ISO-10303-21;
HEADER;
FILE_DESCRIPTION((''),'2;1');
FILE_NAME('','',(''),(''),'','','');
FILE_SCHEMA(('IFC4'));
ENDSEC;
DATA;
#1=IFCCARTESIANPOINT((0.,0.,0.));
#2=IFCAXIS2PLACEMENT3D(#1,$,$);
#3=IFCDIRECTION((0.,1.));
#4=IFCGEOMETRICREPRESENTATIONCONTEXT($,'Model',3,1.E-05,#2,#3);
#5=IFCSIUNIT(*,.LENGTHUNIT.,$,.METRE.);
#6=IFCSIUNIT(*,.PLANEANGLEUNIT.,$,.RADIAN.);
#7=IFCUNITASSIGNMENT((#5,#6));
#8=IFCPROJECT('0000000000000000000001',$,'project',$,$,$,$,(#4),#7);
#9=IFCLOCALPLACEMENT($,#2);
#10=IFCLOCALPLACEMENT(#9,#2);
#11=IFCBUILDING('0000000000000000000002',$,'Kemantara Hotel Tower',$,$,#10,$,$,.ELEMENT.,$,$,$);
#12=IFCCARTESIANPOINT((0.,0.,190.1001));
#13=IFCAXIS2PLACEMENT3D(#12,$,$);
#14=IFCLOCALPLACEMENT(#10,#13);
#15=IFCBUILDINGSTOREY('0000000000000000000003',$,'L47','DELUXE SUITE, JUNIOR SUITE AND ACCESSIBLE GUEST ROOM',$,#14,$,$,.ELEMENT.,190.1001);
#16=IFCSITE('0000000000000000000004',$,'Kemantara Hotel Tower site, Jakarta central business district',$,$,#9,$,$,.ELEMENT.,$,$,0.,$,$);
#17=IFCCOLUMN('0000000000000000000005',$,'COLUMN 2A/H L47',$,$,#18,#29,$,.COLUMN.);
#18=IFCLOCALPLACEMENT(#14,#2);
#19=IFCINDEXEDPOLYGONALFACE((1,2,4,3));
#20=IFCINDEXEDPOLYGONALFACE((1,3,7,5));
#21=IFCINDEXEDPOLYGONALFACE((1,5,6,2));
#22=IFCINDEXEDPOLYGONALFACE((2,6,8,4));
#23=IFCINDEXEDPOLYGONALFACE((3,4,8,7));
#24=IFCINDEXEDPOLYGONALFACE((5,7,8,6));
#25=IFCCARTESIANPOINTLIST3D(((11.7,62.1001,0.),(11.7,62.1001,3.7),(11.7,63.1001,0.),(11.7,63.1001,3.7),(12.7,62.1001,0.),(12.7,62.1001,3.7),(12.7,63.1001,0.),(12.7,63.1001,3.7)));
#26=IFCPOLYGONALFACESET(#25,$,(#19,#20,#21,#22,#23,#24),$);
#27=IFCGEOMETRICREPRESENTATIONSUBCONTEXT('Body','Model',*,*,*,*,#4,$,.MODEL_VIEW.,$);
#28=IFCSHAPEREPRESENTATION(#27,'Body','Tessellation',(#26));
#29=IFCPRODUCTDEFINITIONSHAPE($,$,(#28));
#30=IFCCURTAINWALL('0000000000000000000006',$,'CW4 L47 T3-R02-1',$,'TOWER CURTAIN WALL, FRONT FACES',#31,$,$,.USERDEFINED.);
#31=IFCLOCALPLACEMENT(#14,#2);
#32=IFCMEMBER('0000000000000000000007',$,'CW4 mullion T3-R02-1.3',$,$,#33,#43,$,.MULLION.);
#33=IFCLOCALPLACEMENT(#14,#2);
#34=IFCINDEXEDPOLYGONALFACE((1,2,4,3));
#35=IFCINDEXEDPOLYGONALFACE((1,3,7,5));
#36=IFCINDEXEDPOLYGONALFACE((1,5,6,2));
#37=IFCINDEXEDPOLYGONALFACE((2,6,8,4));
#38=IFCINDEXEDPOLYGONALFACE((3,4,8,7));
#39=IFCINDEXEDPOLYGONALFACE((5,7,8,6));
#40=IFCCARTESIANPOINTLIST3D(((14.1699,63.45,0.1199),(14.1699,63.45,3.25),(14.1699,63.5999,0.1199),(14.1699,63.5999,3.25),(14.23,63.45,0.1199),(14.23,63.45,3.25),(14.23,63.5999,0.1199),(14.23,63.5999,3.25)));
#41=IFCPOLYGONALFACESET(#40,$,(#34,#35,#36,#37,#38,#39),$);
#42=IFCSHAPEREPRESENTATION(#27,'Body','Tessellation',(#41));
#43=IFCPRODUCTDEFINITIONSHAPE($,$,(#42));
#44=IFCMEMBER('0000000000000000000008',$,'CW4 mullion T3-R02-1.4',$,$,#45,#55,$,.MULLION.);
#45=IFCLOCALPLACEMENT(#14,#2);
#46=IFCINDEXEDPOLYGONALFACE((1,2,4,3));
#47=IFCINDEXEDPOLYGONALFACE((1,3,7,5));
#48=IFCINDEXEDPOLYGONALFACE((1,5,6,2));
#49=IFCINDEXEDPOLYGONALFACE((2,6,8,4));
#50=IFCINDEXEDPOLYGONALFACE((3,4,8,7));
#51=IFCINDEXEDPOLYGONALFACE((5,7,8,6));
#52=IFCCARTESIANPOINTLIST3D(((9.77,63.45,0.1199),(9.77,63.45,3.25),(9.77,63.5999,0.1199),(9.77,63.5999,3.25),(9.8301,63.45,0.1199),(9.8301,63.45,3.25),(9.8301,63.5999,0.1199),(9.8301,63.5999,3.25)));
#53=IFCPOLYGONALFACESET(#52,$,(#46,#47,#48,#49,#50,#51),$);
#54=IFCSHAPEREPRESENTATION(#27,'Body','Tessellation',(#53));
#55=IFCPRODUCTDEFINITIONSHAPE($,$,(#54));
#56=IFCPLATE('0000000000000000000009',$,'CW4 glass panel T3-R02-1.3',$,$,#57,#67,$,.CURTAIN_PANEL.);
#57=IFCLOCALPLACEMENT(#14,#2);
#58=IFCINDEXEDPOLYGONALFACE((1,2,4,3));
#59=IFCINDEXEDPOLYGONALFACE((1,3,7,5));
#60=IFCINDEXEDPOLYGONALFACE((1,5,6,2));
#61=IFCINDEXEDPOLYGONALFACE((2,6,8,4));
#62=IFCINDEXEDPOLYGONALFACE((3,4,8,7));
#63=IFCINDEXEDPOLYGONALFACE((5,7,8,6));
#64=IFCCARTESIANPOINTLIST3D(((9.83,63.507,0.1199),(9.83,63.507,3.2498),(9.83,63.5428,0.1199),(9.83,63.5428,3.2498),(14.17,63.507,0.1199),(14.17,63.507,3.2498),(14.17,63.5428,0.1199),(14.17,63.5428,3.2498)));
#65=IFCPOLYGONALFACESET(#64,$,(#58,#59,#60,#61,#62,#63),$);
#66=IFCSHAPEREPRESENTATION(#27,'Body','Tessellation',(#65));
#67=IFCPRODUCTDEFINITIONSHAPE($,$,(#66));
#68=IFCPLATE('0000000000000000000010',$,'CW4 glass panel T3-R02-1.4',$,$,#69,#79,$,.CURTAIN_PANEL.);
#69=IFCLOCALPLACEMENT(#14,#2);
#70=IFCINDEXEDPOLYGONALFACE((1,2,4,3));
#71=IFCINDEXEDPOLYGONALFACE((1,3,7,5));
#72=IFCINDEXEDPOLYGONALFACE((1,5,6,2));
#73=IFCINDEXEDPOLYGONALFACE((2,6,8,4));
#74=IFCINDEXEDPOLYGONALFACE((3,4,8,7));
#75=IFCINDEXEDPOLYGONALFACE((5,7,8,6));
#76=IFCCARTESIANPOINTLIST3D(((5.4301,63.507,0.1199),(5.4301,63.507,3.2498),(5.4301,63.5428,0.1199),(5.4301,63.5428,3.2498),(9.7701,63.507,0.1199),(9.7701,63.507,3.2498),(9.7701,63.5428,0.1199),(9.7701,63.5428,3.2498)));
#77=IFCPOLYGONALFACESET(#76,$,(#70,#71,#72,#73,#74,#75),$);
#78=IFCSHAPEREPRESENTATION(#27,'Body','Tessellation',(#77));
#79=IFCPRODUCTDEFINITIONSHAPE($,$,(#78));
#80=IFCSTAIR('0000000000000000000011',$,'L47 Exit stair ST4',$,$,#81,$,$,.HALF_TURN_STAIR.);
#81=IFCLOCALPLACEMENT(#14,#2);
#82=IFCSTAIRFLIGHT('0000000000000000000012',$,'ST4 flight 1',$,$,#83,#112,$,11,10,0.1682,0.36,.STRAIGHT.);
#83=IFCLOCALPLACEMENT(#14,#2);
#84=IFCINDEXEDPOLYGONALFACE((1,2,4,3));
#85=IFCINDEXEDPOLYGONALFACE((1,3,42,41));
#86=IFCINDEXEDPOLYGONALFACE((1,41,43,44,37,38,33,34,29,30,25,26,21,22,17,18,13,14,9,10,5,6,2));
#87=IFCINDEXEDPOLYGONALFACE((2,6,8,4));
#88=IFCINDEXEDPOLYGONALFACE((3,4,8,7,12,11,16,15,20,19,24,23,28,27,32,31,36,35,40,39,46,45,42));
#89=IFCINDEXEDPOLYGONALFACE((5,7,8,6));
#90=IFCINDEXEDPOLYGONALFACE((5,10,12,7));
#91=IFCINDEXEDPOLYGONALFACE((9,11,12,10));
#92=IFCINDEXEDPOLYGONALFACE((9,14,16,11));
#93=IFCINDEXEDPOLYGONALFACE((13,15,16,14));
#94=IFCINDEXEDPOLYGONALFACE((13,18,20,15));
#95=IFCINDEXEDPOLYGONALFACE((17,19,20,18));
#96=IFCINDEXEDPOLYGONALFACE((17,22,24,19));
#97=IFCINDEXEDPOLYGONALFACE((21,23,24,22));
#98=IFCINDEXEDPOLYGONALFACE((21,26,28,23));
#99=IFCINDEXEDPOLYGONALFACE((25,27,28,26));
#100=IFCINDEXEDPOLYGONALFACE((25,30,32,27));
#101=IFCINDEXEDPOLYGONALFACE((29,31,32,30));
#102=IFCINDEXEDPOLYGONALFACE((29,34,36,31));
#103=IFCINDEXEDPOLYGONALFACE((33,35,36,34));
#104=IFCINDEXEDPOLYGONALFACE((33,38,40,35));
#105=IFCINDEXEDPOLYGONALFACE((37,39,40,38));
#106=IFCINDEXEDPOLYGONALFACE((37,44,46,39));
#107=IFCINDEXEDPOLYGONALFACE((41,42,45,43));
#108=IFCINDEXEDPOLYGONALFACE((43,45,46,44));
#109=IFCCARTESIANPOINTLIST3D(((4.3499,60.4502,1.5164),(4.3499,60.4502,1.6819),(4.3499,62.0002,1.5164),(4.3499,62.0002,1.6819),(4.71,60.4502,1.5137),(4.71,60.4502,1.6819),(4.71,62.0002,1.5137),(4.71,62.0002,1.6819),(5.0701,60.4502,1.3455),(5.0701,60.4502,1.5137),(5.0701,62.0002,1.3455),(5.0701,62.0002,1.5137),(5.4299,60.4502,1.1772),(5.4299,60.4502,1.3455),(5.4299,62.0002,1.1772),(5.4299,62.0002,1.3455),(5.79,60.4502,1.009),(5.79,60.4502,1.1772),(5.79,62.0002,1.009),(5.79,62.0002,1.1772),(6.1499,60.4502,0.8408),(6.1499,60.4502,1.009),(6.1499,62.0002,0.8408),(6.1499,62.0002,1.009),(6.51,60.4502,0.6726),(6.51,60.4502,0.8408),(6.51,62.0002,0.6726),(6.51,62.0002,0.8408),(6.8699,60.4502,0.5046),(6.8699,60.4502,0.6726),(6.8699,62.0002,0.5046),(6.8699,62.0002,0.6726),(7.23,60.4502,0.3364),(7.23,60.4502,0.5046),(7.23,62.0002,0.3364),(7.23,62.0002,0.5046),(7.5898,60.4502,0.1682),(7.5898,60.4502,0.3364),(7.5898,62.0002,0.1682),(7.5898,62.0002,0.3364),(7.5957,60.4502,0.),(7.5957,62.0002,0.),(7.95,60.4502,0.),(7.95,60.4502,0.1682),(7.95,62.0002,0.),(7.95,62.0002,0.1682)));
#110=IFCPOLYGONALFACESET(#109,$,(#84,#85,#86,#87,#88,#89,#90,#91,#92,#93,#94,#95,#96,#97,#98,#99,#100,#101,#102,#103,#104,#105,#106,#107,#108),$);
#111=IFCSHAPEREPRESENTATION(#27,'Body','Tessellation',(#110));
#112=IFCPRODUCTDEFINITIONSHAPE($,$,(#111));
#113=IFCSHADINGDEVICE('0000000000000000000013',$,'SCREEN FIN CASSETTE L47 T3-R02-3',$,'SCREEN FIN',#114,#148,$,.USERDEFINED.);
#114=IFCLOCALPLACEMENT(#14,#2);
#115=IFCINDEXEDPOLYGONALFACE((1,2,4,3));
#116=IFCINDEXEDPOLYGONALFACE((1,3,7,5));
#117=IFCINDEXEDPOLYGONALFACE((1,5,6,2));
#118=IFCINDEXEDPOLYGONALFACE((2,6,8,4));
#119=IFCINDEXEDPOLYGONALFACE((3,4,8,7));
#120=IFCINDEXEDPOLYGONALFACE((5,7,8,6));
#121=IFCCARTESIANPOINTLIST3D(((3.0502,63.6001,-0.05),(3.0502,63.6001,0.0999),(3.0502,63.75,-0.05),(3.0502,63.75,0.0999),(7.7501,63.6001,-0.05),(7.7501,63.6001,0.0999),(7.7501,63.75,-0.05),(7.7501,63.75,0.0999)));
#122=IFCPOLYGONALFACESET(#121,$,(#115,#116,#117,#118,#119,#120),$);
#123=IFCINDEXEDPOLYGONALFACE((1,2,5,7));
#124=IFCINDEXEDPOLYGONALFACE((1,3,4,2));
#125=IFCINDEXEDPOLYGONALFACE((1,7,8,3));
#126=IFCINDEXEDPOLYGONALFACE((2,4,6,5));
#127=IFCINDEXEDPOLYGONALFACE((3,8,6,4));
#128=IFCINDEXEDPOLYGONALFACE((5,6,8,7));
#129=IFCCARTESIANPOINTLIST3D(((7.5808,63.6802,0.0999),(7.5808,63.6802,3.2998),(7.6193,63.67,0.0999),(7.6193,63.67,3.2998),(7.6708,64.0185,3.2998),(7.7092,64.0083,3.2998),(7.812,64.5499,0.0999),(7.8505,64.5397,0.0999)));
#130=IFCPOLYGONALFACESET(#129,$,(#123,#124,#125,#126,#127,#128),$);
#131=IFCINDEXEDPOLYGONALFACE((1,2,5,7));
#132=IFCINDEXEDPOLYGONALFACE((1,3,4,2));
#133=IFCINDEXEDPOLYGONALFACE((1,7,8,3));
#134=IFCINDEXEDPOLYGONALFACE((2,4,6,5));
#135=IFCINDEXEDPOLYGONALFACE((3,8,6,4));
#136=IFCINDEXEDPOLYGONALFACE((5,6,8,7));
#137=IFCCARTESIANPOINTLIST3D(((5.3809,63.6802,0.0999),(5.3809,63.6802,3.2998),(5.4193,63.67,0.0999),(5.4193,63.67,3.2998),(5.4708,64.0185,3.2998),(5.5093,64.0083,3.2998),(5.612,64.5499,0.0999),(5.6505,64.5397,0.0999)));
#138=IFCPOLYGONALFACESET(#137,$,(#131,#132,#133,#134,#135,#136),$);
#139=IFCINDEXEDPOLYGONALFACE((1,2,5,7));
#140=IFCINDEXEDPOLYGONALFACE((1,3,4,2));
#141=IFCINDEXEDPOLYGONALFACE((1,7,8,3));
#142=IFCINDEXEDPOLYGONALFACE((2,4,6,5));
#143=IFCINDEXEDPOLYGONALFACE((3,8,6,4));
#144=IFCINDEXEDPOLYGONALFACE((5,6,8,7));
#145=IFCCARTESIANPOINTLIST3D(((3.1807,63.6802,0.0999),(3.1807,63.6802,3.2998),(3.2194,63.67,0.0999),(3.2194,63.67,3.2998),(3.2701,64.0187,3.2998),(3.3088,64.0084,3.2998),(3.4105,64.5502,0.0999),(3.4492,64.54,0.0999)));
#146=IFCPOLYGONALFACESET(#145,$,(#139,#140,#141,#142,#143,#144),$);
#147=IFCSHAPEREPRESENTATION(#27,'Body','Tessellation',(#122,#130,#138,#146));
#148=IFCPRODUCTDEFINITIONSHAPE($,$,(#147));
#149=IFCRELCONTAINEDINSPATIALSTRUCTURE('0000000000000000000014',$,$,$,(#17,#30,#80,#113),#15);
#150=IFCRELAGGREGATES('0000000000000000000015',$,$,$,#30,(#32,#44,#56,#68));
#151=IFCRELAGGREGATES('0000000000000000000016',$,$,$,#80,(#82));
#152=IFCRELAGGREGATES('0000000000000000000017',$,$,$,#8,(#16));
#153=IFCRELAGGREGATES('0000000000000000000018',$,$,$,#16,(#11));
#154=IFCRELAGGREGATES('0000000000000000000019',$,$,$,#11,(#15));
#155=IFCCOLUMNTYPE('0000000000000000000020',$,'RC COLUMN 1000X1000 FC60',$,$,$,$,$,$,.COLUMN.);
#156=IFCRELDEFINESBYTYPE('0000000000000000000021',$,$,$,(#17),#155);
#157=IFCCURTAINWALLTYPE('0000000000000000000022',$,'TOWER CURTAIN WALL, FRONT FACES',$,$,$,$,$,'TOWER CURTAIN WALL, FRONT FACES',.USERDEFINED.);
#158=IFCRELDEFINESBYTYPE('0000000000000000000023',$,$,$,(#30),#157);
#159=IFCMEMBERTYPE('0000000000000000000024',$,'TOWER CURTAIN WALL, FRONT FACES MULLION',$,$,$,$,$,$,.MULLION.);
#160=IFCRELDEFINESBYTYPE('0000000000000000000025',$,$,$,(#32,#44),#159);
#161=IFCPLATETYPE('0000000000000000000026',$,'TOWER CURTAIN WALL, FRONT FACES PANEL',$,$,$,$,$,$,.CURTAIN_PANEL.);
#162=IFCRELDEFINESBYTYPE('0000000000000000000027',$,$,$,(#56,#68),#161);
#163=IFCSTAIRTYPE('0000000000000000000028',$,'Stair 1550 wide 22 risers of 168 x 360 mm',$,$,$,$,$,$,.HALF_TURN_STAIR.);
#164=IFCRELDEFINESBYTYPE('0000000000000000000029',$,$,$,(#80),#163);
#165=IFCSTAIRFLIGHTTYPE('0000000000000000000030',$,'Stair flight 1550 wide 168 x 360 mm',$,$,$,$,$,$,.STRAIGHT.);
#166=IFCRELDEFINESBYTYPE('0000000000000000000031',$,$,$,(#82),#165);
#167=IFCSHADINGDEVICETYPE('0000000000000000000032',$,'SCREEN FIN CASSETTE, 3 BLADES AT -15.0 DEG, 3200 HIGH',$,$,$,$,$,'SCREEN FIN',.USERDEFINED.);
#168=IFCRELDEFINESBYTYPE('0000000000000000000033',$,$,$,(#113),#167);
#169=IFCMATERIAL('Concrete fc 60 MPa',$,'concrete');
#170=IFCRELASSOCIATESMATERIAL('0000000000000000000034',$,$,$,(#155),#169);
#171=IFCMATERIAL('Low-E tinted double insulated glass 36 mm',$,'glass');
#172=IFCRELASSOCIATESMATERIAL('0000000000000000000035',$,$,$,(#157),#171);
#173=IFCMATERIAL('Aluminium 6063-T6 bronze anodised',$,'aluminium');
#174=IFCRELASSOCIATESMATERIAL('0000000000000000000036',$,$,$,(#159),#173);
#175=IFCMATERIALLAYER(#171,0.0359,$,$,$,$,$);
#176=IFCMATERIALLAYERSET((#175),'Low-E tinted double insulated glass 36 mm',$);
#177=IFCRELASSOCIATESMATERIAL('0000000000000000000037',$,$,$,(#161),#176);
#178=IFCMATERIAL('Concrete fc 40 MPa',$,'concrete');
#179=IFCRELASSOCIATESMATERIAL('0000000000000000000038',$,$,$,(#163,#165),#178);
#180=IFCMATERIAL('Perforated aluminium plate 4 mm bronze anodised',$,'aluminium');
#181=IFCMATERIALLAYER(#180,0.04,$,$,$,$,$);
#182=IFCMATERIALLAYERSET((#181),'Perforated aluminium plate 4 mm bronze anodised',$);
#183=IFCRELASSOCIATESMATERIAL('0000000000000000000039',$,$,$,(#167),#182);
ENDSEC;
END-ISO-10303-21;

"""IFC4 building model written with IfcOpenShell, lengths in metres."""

from ifc_helpers import new_model, si_unit, direction, frame, origin, origin_2d, place, context, subcontext, project, spatial, polyline, rectangle, outline, extrude, source, transform, mapped, material, layer, layer_set, material_profile, profile_set, type_object, element, aggregate, save


model = new_model("IFC4")

# Units and contexts
model_context = context("Model", 3, precision=1e-05, world=origin(), true_north=direction((0.0, 1.0)))
body_context = subcontext(model_context, "Body", "Model", "MODEL_VIEW")
ifc_project = project(units=[si_unit("LENGTHUNIT", "METRE"), si_unit("PLANEANGLEUNIT", "RADIAN")], contexts=[model_context])

# Site, building, storey
site_placement = place(None, origin())
site = spatial("IfcSite", under=ifc_project, at=site_placement, Name="Kemantara Hotel Tower site, Jakarta central business district", CompositionType="ELEMENT", RefElevation=0.0)
building_placement = place(site_placement, origin())
building = spatial("IfcBuilding", under=site, at=building_placement, Name="Kemantara Hotel Tower", CompositionType="ELEMENT")
storey_placement = place(building_placement, frame((0.0, 0.0, 190.1001)))
storey = spatial("IfcBuildingStorey", under=building, at=storey_placement, Name="L47", Description="DELUXE SUITE, JUNIOR SUITE AND ACCESSIBLE GUEST ROOM", CompositionType="ELEMENT", Elevation=190.1001)

# Column
ifc_material_1 = material(Name="Concrete fc 60 MPa", Category="concrete")
ifc_material_profile_1 = material_profile(ifc_material_1, rectangle(XDim=1.0, YDim=1.0, at=origin_2d()), Name="RC 1000X1000")
ifc_profile_set_1 = profile_set([ifc_material_profile_1], Name="Concrete fc 60 MPa")
column_type = type_object("IfcColumnType", Name="RC COLUMN 1000X1000 FC60", PredefinedType="COLUMN", material=ifc_profile_set_1)
column_placement = place(storey_placement, frame((12.2, 62.6001, 0.0), z_axis=(0.0, 0.0, 1.0), x_axis=(1.0, 0.0, 0.0)))
element("IfcColumn", 1, at=column_placement, inside=storey, type_object=column_type, Name="COLUMN 2A/H L47", PredefinedType="COLUMN", context=body_context, shape_type="SweptSolid", body=[
    extrude(rectangle(XDim=1.0, YDim=1.0, at=origin_2d()), origin(), (0.0, 0.0, 1.0), 3.7),
])

# Curtain wall, members, plates
ifc_material_2 = material(Name="Low-E tinted double insulated glass 36 mm", Category="glass")
curtain_wall_type = type_object("IfcCurtainWallType", Name="TOWER CURTAIN WALL, FRONT FACES", ElementType="TOWER CURTAIN WALL, FRONT FACES", PredefinedType="USERDEFINED", material=ifc_material_2)
curtain_wall_placement = place(storey_placement, origin())
curtain_wall = element("IfcCurtainWall", 2, at=curtain_wall_placement, inside=storey, type_object=curtain_wall_type, Name="CW4 L47 T3-R02-1", ObjectType="TOWER CURTAIN WALL, FRONT FACES", PredefinedType="USERDEFINED")
ifc_material_3 = material(Name="Aluminium 6063-T6 bronze anodised", Category="aluminium")
ifc_material_profile_2 = material_profile(ifc_material_3, rectangle(XDim=0.1499, YDim=0.0601, at=origin_2d()), Name="TOWER CURTAIN WALL, FRONT FACES MULLION")
ifc_profile_set_2 = profile_set([ifc_material_profile_2], Name="Aluminium 6063-T6 bronze anodised")
member_type = type_object("IfcMemberType", Name="TOWER CURTAIN WALL, FRONT FACES MULLION", PredefinedType="MULLION", material=ifc_profile_set_2)
shared_shape_1 = source(origin(), body_context, "Body", "SweptSolid", [
    extrude(rectangle(XDim=0.1499, YDim=0.0601, at=origin_2d()), origin(), (0.0, 0.0, 1.0), 3.1301),
])
member_1_placement = place(storey_placement, frame((14.2, 63.5249, 0.1199), z_axis=(0.0, 0.0, 1.0), x_axis=(0.0, -1.0, 0.0)))
member_1 = element("IfcMember", 3, at=member_1_placement, type_object=member_type, Name="CW4 mullion T3-R02-1.3", PredefinedType="MULLION", context=body_context, shape_type="MappedRepresentation", body=[
    mapped(shared_shape_1, transform((0.0, 0.0, 0.0))),
])
member_2_placement = place(storey_placement, frame((9.8, 63.5249, 0.1199), z_axis=(0.0, 0.0, 1.0), x_axis=(0.0, -1.0, 0.0)))
member_2 = element("IfcMember", 4, at=member_2_placement, type_object=member_type, Name="CW4 mullion T3-R02-1.4", PredefinedType="MULLION", context=body_context, shape_type="MappedRepresentation", body=[
    mapped(shared_shape_1, transform((0.0, 0.0, 0.0))),
])
ifc_layer_1 = layer(ifc_material_2, 0.0359)
ifc_layer_set_1 = layer_set([ifc_layer_1], Name="Low-E tinted double insulated glass 36 mm")
plate_type = type_object("IfcPlateType", Name="TOWER CURTAIN WALL, FRONT FACES PANEL", PredefinedType="CURTAIN_PANEL", material=ifc_layer_set_1)
shared_shape_2 = source(origin(), body_context, "Body", "SweptSolid", [
    extrude(rectangle(XDim=4.3401, YDim=0.0359, at=origin_2d()), origin(), (0.0, 0.0, 1.0), 3.1299),
])
plate_1_placement = place(storey_placement, frame((12.0, 63.5249, 0.1199), z_axis=(0.0, 0.0, 1.0), x_axis=(-1.0, 0.0, 0.0)))
plate_1 = element("IfcPlate", 5, at=plate_1_placement, type_object=plate_type, Name="CW4 glass panel T3-R02-1.3", PredefinedType="CURTAIN_PANEL", context=body_context, shape_type="MappedRepresentation", body=[
    mapped(shared_shape_2, transform((0.0, 0.0, 0.0))),
])
plate_2_placement = place(storey_placement, frame((7.6001, 63.5249, 0.1199), z_axis=(0.0, 0.0, 1.0), x_axis=(-1.0, 0.0, 0.0)))
plate_2 = element("IfcPlate", 6, at=plate_2_placement, type_object=plate_type, Name="CW4 glass panel T3-R02-1.4", PredefinedType="CURTAIN_PANEL", context=body_context, shape_type="MappedRepresentation", body=[
    mapped(shared_shape_2, transform((0.0, 0.0, 0.0))),
])
aggregate(curtain_wall, [member_1, member_2, plate_1, plate_2])

# Stair, stair flight
ifc_material_4 = material(Name="Concrete fc 40 MPa", Category="concrete")
stair_type = type_object("IfcStairType", Name="Stair 1550 wide 22 risers of 168 x 360 mm", PredefinedType="HALF_TURN_STAIR", material=ifc_material_4)
stair_placement = place(storey_placement, origin())
stair = element("IfcStair", 7, at=stair_placement, inside=storey, type_object=stair_type, Name="L47 Exit stair ST4", PredefinedType="HALF_TURN_STAIR")
stair_flight_type = type_object("IfcStairFlightType", Name="Stair flight 1550 wide 168 x 360 mm", PredefinedType="STRAIGHT", material=ifc_material_4)
stair_flight_placement = place(storey_placement, frame((7.95, 61.2251, 0.0), z_axis=(0.0, 0.0, 1.0), x_axis=(-1.0, 0.0, 0.0)))
stair_flight = element("IfcStairFlight", 8, at=stair_flight_placement, type_object=stair_flight_type, Name="ST4 flight 1", NumberOfRisers=11, NumberOfTreads=10, PredefinedType="STRAIGHT", RiserHeight=0.1682, TreadLength=0.36, context=body_context, shape_type="SweptSolid", body=[
    extrude(outline(polyline([(0.0, 0.0), (0.0, 0.1682), (0.3601, 0.1682), (0.3601, 0.3364), (0.72, 0.3364), (0.72, 0.5046), (1.0801, 0.5046), (1.0801, 0.6726), (1.4399, 0.6726), (1.4399, 0.8408), (1.8, 0.8408), (1.8, 1.009), (2.1599, 1.009), (2.1599, 1.1772), (2.52, 1.1772), (2.52, 1.3455), (2.8799, 1.3455), (2.8799, 1.5137), (3.24, 1.5137), (3.24, 1.6819), (3.6001, 1.6819), (3.6001, 1.8501), (3.6001, 1.5164), (0.3542, 0.0), (0.0, 0.0)])), frame((0.0, 0.7749, 0.0), z_axis=(0.0, -1.0, 0.0), x_axis=(1.0, 0.0, 0.0)), (0.0, 0.0, 1.0), 1.55),
])
aggregate(stair, [stair_flight])

# Shading device
ifc_material_5 = material(Name="Perforated aluminium plate 4 mm bronze anodised", Category="aluminium")
ifc_layer_2 = layer(ifc_material_5, 0.04)
ifc_layer_set_2 = layer_set([ifc_layer_2], Name="Perforated aluminium plate 4 mm bronze anodised")
shading_device_type = type_object("IfcShadingDeviceType", Name="SCREEN FIN CASSETTE, 3 BLADES AT -15.0 DEG, 3200 HIGH", ElementType="SCREEN FIN", PredefinedType="USERDEFINED", material=ifc_layer_set_2)
shared_shape_3 = source(origin(), body_context, "Body", "SweptSolid", [
    extrude(rectangle(XDim=4.7, YDim=0.1499, at=origin_2d()), frame((2.2, -0.075, -0.1499), z_axis=(0.0, 0.0, 1.0), x_axis=(1.0, 0.0, 0.0)), (0.0, 0.0, 1.0), 0.1499),
    extrude(outline(polyline([(0.0, 0.0), (0.8999, 0.0), (0.3501, 3.2), (0.0, 3.2), (0.0, 0.0)])), frame((0.0193, -0.0801, 0.0), z_axis=(-0.966438, 0.256901, 0.0), x_axis=(-0.256901, -0.966438, 0.0)), (0.0, 0.0, 1.0), 0.0398),
    extrude(outline(polyline([(0.0, 0.0), (0.8999, 0.0), (0.3501, 3.2), (0.0, 3.2), (0.0, 0.0)])), frame((2.2192, -0.0801, 0.0), z_axis=(-0.966438, 0.256901, 0.0), x_axis=(-0.256901, -0.966438, 0.0)), (0.0, 0.0, 1.0), 0.0398),
    extrude(outline(polyline([(0.0, 0.0), (0.8999, 0.0), (0.3501, 3.2), (0.0, 3.2), (0.0, 0.0)])), frame((4.4194, -0.0801, 0.0), z_axis=(-0.966838, 0.255391, 0.0), x_axis=(-0.255391, -0.966838, 0.0)), (0.0, 0.0, 1.0), 0.04),
])
shading_device_placement = place(storey_placement, frame((7.6001, 63.6001, 0.0999), z_axis=(0.0, 0.0, 1.0), x_axis=(-1.0, 0.0, 0.0)))
element("IfcShadingDevice", 9, at=shading_device_placement, inside=storey, type_object=shading_device_type, Name="SCREEN FIN CASSETTE L47 T3-R02-3", ObjectType="SCREEN FIN", PredefinedType="USERDEFINED", context=body_context, shape_type="MappedRepresentation", body=[
    mapped(shared_shape_3, transform((0.0, 0.0, 0.0))),
])

save(model, "model.ifc")
